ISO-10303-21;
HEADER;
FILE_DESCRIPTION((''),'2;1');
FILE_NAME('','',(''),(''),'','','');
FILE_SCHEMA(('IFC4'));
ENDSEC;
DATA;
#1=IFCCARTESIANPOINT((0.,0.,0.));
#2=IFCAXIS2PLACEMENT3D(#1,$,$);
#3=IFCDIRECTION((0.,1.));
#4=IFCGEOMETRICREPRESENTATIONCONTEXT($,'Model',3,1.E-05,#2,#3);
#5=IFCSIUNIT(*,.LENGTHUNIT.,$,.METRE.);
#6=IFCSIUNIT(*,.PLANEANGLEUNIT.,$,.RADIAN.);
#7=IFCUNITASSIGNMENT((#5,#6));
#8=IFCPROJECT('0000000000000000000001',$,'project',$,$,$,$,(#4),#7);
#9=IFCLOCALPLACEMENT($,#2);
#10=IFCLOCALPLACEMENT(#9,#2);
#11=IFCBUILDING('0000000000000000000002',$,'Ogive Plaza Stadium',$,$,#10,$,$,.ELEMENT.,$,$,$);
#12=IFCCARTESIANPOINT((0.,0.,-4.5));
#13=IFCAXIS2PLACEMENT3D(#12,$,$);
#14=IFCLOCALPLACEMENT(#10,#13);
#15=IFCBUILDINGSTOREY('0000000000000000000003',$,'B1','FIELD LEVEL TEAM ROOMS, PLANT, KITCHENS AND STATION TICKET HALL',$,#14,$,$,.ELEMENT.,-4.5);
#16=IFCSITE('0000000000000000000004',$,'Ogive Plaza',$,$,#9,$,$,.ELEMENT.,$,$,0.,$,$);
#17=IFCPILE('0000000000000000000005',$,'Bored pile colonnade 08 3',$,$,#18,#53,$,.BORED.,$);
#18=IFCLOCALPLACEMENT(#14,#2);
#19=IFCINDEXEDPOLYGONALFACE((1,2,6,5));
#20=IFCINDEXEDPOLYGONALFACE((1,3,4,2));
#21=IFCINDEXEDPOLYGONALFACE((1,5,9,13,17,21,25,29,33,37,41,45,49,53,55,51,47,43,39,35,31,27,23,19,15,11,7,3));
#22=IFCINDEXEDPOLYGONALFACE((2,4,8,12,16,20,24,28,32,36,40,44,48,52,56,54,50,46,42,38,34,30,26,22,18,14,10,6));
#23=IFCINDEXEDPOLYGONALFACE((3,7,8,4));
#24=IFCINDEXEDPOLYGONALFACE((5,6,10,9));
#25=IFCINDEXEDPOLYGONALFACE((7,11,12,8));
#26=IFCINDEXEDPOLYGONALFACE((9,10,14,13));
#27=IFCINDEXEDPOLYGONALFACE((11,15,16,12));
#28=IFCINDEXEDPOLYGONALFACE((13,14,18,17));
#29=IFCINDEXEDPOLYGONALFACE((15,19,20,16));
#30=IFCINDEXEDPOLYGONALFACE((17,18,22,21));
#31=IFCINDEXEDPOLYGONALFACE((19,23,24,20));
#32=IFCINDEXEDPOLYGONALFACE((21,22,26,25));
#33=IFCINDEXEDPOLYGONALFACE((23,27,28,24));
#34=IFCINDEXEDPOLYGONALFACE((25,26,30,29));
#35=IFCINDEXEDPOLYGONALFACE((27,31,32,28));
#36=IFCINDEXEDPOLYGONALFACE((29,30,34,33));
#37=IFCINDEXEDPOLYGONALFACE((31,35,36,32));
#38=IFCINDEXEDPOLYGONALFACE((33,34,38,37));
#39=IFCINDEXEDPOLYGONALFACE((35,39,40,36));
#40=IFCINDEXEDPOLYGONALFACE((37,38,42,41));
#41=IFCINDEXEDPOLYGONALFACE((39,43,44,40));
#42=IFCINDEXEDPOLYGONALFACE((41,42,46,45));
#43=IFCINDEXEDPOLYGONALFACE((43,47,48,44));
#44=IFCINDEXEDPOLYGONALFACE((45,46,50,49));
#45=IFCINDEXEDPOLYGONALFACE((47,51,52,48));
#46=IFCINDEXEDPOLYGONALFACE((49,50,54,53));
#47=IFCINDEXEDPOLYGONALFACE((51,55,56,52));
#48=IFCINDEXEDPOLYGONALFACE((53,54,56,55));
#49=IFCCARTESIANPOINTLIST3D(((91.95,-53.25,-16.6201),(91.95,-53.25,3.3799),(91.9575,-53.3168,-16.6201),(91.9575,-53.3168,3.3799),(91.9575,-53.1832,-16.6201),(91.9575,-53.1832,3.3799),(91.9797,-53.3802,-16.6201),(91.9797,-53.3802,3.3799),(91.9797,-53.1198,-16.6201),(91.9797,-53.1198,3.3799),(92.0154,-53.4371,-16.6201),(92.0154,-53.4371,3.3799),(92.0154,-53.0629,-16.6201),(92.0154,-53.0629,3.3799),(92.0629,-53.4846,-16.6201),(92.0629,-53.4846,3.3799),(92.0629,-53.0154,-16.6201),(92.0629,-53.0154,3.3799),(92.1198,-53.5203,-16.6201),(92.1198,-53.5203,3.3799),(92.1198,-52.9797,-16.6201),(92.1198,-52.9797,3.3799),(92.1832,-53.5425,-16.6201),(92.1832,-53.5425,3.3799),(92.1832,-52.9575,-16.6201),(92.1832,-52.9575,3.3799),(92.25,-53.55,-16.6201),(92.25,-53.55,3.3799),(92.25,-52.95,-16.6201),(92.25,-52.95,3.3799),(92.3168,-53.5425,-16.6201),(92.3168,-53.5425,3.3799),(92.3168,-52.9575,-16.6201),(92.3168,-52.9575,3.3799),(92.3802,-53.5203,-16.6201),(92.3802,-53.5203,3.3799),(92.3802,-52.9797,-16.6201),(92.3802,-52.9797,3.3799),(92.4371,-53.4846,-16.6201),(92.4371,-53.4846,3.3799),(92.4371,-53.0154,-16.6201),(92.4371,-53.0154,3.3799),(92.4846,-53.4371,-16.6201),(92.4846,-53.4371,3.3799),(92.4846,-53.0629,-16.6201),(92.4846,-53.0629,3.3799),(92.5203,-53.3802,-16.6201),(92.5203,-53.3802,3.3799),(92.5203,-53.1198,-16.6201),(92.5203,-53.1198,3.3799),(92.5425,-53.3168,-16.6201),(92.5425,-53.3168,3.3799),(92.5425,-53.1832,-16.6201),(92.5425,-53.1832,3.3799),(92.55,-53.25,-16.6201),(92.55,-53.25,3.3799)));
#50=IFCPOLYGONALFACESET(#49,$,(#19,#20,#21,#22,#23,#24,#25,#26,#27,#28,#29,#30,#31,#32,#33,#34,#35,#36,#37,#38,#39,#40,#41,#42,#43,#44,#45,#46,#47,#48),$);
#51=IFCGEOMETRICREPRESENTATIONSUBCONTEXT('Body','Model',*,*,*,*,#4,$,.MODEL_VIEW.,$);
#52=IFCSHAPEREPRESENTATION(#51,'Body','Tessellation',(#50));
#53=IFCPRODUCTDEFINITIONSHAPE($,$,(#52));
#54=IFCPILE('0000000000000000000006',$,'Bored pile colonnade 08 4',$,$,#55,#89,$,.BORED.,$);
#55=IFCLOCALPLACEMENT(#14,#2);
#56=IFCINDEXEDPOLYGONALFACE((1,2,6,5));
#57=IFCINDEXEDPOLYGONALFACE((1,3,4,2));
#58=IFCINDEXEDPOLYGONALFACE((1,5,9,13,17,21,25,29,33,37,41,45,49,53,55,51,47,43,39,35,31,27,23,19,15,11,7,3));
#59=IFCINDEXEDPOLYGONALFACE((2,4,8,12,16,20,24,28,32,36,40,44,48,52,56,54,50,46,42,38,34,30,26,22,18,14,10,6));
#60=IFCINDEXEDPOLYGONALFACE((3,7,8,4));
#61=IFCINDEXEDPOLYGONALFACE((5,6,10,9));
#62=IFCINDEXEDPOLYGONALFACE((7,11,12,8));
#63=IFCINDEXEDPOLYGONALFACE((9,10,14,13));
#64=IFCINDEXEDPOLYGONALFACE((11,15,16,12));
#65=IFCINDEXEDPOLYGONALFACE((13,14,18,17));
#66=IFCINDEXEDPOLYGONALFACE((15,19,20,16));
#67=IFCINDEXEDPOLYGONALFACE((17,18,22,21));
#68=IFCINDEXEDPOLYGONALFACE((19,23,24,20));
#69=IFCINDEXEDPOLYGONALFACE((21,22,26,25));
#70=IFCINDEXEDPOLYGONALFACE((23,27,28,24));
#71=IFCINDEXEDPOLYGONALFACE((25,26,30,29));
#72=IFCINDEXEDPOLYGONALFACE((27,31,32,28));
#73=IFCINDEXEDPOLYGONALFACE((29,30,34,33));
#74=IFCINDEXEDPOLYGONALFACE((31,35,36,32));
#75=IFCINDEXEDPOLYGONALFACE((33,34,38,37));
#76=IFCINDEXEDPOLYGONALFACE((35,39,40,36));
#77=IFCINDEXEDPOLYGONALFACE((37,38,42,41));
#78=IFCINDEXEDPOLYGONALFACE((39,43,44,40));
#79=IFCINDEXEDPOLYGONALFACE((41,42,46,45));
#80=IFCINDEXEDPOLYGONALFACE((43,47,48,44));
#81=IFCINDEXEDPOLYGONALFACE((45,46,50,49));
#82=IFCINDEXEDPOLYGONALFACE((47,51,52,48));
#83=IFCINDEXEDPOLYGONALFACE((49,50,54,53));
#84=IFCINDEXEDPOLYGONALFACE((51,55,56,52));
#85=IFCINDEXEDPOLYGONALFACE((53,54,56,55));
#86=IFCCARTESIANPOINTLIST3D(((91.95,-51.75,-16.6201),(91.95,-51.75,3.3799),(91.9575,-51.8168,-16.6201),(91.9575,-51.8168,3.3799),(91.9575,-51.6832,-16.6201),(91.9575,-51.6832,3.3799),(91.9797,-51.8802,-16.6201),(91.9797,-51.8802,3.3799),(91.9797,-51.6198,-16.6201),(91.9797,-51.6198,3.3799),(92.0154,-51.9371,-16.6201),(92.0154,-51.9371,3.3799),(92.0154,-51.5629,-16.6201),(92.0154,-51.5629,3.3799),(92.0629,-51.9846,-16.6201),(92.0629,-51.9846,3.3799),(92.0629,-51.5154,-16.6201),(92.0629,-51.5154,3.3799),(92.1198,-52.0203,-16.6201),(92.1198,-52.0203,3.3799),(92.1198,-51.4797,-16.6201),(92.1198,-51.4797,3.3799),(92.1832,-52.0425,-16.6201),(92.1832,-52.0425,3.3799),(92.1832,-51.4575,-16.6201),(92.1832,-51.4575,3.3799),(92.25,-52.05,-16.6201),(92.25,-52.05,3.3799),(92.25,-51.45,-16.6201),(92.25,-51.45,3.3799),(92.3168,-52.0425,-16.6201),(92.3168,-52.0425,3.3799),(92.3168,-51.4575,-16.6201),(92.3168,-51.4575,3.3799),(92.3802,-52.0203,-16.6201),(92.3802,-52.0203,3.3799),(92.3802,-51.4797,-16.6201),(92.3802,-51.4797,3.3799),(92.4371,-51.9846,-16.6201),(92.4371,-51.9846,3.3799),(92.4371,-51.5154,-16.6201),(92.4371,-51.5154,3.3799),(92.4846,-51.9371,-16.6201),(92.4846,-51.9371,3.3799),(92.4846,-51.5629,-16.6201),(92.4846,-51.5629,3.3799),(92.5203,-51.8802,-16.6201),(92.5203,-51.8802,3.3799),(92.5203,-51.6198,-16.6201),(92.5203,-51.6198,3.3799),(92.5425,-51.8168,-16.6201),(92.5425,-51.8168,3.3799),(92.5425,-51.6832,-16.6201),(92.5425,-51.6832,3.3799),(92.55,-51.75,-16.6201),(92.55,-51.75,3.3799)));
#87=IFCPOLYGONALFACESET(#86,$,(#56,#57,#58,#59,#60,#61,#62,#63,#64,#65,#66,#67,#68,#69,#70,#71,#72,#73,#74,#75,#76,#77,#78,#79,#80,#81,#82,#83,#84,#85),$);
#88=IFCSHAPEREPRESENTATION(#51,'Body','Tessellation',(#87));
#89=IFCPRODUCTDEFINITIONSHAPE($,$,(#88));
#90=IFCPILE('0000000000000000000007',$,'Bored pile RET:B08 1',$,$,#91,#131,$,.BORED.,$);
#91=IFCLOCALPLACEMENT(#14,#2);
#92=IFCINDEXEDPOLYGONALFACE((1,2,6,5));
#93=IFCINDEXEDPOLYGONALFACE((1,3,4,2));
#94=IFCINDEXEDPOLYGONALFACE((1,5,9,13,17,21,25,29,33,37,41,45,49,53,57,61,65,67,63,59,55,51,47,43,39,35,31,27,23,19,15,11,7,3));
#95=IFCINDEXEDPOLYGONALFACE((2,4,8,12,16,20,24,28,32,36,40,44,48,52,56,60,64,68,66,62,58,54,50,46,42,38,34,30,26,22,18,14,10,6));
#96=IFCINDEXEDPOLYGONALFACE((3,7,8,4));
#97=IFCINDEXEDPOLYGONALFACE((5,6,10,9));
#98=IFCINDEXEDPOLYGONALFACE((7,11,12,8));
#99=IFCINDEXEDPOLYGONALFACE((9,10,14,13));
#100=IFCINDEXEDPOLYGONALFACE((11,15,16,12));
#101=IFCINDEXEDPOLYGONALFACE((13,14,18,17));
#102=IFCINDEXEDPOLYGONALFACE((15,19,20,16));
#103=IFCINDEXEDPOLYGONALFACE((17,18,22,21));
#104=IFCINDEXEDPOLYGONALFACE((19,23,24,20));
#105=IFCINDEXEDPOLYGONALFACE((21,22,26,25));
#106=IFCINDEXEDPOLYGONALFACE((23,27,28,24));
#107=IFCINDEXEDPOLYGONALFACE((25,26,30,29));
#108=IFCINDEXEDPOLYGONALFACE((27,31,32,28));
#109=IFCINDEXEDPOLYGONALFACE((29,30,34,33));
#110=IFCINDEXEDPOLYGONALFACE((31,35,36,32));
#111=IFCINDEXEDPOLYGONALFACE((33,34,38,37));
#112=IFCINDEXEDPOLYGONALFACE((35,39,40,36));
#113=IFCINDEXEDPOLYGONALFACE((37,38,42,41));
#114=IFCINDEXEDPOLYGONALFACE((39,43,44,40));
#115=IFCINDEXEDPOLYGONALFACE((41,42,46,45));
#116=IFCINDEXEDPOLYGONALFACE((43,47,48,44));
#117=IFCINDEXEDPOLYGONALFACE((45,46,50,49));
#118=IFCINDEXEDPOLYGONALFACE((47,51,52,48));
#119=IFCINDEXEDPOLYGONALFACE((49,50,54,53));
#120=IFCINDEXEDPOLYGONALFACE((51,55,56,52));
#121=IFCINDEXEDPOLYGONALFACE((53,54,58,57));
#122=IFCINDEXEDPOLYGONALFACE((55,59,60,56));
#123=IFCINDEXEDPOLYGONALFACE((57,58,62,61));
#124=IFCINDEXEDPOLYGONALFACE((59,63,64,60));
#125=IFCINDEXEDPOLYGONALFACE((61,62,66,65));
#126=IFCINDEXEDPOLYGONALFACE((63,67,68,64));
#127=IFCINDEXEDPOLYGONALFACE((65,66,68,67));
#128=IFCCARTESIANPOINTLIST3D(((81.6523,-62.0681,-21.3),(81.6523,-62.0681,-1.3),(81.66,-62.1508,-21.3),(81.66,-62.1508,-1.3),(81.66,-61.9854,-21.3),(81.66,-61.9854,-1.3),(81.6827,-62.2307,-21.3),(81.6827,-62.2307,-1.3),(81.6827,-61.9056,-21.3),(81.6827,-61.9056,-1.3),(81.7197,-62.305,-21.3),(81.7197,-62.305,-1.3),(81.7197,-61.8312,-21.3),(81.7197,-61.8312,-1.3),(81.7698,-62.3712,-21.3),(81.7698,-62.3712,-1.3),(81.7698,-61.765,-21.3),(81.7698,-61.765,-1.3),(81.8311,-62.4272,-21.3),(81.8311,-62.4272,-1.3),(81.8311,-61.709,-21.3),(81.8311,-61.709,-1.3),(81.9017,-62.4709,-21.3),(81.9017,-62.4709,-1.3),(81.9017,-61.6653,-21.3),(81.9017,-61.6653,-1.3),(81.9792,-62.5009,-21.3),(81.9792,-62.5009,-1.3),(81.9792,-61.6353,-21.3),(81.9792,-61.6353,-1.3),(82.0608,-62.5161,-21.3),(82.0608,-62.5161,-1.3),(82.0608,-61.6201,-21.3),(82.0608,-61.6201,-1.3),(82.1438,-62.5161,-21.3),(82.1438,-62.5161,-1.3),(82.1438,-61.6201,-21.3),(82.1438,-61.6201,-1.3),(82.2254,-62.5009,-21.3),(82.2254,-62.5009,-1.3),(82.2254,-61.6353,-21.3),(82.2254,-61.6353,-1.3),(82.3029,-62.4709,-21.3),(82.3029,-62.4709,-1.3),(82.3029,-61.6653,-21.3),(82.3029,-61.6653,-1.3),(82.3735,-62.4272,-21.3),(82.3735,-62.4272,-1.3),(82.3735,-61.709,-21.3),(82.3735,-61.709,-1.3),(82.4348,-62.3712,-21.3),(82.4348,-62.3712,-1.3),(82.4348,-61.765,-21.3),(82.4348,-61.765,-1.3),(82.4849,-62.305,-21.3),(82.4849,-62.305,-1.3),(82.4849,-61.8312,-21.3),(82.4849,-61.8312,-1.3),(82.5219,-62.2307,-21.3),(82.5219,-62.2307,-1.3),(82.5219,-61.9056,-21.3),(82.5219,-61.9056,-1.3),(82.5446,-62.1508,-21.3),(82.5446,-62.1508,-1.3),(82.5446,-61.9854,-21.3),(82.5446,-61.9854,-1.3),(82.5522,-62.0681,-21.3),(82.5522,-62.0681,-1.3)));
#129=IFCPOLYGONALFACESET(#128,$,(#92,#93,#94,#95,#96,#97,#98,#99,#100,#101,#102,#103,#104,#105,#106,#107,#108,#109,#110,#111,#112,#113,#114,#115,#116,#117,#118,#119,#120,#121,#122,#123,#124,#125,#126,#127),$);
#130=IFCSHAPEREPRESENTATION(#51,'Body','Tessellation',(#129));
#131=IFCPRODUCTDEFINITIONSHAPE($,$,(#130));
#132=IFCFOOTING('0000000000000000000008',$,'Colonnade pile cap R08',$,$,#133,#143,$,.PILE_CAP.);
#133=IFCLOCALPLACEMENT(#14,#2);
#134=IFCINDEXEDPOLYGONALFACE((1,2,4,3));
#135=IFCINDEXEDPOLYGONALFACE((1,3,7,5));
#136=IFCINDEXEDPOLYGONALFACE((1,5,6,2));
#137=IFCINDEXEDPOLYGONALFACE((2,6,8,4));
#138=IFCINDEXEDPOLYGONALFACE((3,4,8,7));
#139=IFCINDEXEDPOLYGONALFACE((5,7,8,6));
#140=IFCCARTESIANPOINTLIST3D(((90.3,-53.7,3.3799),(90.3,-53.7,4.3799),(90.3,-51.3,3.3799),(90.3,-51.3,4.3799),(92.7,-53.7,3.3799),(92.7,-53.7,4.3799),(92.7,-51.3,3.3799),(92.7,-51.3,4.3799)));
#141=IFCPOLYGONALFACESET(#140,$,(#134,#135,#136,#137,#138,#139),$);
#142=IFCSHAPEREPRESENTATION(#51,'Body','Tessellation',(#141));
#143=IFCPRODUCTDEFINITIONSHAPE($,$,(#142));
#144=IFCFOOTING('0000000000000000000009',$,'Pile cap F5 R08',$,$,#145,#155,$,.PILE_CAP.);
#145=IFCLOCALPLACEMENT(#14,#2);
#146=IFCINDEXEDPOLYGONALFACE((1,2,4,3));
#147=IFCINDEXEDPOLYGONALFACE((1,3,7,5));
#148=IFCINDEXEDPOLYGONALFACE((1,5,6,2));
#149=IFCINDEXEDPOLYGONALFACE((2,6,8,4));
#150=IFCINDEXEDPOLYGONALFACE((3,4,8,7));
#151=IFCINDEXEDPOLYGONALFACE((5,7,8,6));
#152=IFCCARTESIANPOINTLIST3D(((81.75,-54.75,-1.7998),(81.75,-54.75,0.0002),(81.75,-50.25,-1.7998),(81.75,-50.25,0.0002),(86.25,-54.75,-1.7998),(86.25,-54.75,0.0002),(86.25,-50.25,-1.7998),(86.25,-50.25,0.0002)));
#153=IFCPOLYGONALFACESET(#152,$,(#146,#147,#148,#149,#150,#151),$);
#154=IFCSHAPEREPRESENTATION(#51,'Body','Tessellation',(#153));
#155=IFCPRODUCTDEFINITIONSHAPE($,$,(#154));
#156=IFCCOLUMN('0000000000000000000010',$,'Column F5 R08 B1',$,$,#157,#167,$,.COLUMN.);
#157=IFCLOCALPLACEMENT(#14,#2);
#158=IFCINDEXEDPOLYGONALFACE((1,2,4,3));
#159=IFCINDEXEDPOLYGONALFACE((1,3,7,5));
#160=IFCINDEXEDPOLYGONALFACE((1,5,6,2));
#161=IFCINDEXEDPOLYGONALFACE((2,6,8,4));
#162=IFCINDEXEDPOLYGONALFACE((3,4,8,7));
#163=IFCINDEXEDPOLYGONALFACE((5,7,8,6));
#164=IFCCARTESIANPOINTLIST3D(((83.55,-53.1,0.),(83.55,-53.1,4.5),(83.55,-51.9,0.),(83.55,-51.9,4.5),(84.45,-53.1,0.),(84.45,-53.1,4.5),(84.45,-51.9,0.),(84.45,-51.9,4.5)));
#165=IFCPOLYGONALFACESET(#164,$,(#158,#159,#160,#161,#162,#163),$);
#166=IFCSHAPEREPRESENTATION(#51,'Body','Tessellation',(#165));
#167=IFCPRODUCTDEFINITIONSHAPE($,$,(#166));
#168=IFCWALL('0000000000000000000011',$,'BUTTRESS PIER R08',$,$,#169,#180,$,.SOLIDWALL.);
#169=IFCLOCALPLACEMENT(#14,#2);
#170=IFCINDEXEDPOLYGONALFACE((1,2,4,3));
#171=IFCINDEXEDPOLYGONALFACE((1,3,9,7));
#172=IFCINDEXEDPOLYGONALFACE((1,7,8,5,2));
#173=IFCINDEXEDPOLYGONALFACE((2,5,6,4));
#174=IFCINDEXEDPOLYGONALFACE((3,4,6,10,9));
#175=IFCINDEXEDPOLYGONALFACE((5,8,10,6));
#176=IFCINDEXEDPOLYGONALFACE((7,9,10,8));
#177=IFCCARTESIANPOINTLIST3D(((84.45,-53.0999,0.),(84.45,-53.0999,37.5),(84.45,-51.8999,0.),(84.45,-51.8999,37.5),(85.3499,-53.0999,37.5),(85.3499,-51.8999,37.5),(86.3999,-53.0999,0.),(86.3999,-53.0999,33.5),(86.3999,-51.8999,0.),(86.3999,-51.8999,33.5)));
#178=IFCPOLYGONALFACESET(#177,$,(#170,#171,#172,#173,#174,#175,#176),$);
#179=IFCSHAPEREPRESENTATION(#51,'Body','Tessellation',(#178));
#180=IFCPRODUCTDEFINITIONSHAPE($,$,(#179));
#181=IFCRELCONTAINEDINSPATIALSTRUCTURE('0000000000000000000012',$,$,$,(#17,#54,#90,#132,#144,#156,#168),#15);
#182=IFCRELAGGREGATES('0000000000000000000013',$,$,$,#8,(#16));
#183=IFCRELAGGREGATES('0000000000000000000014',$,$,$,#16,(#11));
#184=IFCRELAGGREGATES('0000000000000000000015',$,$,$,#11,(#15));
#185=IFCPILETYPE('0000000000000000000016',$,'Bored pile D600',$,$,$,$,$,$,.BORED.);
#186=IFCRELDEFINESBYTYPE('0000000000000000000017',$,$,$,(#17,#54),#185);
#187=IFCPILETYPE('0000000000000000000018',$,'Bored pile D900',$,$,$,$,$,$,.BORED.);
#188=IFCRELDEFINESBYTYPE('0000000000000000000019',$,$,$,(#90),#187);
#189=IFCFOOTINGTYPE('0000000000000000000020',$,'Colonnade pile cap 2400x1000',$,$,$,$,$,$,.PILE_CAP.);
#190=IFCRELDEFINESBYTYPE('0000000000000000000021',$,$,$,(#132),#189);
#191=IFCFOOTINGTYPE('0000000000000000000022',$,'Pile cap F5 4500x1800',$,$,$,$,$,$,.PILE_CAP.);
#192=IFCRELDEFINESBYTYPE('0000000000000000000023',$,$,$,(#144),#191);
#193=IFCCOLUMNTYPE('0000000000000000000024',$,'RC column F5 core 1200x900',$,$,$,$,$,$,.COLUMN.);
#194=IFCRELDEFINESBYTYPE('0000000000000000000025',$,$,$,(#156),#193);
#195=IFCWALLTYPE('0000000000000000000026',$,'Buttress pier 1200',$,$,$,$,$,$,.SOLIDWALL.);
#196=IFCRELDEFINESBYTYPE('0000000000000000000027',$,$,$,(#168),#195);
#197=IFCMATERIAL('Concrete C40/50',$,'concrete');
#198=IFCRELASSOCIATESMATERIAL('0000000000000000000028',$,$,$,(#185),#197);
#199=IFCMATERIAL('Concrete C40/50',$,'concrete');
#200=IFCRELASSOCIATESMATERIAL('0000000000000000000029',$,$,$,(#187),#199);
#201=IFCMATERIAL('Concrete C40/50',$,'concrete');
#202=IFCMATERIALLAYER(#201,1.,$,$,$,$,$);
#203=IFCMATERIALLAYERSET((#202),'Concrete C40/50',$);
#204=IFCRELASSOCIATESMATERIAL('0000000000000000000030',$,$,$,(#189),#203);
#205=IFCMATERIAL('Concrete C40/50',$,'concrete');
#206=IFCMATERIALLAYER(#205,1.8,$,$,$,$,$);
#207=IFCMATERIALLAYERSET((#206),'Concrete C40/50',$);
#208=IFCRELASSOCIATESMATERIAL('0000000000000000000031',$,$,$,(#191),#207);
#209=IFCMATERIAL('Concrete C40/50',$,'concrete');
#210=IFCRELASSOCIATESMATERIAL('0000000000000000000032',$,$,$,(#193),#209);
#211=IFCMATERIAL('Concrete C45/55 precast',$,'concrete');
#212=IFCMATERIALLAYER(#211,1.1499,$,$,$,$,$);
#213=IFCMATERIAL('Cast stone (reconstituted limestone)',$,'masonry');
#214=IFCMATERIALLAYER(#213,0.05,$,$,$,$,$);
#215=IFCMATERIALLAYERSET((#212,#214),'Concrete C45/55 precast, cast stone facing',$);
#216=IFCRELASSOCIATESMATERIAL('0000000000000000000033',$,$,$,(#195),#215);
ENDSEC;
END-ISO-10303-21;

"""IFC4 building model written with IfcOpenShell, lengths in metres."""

from ifc_helpers import new_model, si_unit, direction, frame, origin, origin_2d, place, context, subcontext, project, spatial, polyline, rectangle, circle, outline, extrude, material, layer, layer_set, material_profile, profile_set, type_object, element, save


model = new_model("IFC4")

# Units and contexts
model_context = context("Model", 3, precision=1e-05, world=origin(), true_north=direction((0.0, 1.0)))
body_context = subcontext(model_context, "Body", "Model", "MODEL_VIEW")
ifc_project = project(units=[si_unit("LENGTHUNIT", "METRE"), si_unit("PLANEANGLEUNIT", "RADIAN")], contexts=[model_context])

# Site, building, storey
site_placement = place(None, origin())
site = spatial("IfcSite", under=ifc_project, at=site_placement, Name="Ogive Plaza", CompositionType="ELEMENT", RefElevation=0.0)
building_placement = place(site_placement, origin())
building = spatial("IfcBuilding", under=site, at=building_placement, Name="Ogive Plaza Stadium", CompositionType="ELEMENT")
storey_placement = place(building_placement, frame((0.0, 0.0, -4.5)))
storey = spatial("IfcBuildingStorey", under=building, at=storey_placement, Name="B1", Description="FIELD LEVEL TEAM ROOMS, PLANT, KITCHENS AND STATION TICKET HALL", CompositionType="ELEMENT", Elevation=-4.5)

# Piles
ifc_material_1 = material(Name="Concrete C40/50", Category="concrete")
ifc_material_profile_1 = material_profile(ifc_material_1, circle(Radius=0.3, at=origin_2d()), Name="RC D600")
ifc_profile_set_1 = profile_set([ifc_material_profile_1], Name="Concrete C40/50")
pile_type_1 = type_object("IfcPileType", Name="Bored pile D600", PredefinedType="BORED", material=ifc_profile_set_1)
for number, where, z_axis, x_axis, name in (
    (1, (92.25, -53.25, 3.3799), (0.0, 0.0, -1.0), (1.0, 0.0, 0.0), "Bored pile colonnade 08 3"),
    (2, (92.25, -51.75, 3.3799), (0.0, 0.0, -1.0), (1.0, 0.0, 0.0), "Bored pile colonnade 08 4"),
):
    element("IfcPile", number, at=place(storey_placement, frame(where, z_axis=z_axis, x_axis=x_axis)), inside=storey, type_object=pile_type_1, Name=name, PredefinedType="BORED", context=body_context, shape_type="SweptSolid", body=[
        extrude(circle(Radius=0.3, at=origin_2d()), origin(), (0.0, 0.0, 1.0), 20.0),
    ])
ifc_material_2 = material(Name="Concrete C40/50", Category="concrete")
ifc_material_profile_2 = material_profile(ifc_material_2, circle(Radius=0.45, at=origin_2d()), Name="RC D900")
ifc_profile_set_2 = profile_set([ifc_material_profile_2], Name="Concrete C40/50")
pile_type_2 = type_object("IfcPileType", Name="Bored pile D900", PredefinedType="BORED", material=ifc_profile_set_2)
pile_placement = place(storey_placement, frame((82.1023, -62.0681, -1.3), z_axis=(0.0, 0.0, -1.0), x_axis=(1.0, 0.0, 0.0)))
element("IfcPile", 3, at=pile_placement, inside=storey, type_object=pile_type_2, Name="Bored pile RET:B08 1", PredefinedType="BORED", context=body_context, shape_type="SweptSolid", body=[
    extrude(circle(Radius=0.45, at=origin_2d()), origin(), (0.0, 0.0, 1.0), 20.0),
])

# Footings
ifc_material_3 = material(Name="Concrete C40/50", Category="concrete")
ifc_layer_1 = layer(ifc_material_3, 1.0)
ifc_layer_set_1 = layer_set([ifc_layer_1], Name="Concrete C40/50")
footing_type_1 = type_object("IfcFootingType", Name="Colonnade pile cap 2400x1000", PredefinedType="PILE_CAP", material=ifc_layer_set_1)
footing_1_placement = place(storey_placement, frame((91.5, -52.5, 3.3799), z_axis=(0.0, 0.0, 1.0), x_axis=(1.0, 0.0, 0.0)))
element("IfcFooting", 4, at=footing_1_placement, inside=storey, type_object=footing_type_1, Name="Colonnade pile cap R08", PredefinedType="PILE_CAP", context=body_context, shape_type="SweptSolid", body=[
    extrude(rectangle(XDim=2.3999, YDim=2.3999, at=origin_2d()), origin(), (0.0, 0.0, 1.0), 1.0),
])
ifc_material_4 = material(Name="Concrete C40/50", Category="concrete")
ifc_layer_2 = layer(ifc_material_4, 1.8)
ifc_layer_set_2 = layer_set([ifc_layer_2], Name="Concrete C40/50")
footing_type_2 = type_object("IfcFootingType", Name="Pile cap F5 4500x1800", PredefinedType="PILE_CAP", material=ifc_layer_set_2)
footing_2_placement = place(storey_placement, frame((84.0, -52.5, -1.7998), z_axis=(0.0, 0.0, 1.0), x_axis=(1.0, 0.0, 0.0)))
element("IfcFooting", 5, at=footing_2_placement, inside=storey, type_object=footing_type_2, Name="Pile cap F5 R08", PredefinedType="PILE_CAP", context=body_context, shape_type="SweptSolid", body=[
    extrude(rectangle(XDim=4.5, YDim=4.5, at=origin_2d()), origin(), (0.0, 0.0, 1.0), 1.8),
])

# Column
ifc_material_5 = material(Name="Concrete C40/50", Category="concrete")
ifc_material_profile_3 = material_profile(ifc_material_5, rectangle(XDim=1.2, YDim=0.8999, at=origin_2d()), Name="RC 1200x900")
ifc_profile_set_3 = profile_set([ifc_material_profile_3], Name="Concrete C40/50")
column_type = type_object("IfcColumnType", Name="RC column F5 core 1200x900", PredefinedType="COLUMN", material=ifc_profile_set_3)
column_placement = place(storey_placement, frame((84.0, -52.5, 0.0), z_axis=(0.0, 0.0, 1.0), x_axis=(0.0, 1.0, 0.0)))
element("IfcColumn", 6, at=column_placement, inside=storey, type_object=column_type, Name="Column F5 R08 B1", PredefinedType="COLUMN", context=body_context, shape_type="SweptSolid", body=[
    extrude(rectangle(XDim=1.2, YDim=0.8999, at=origin_2d()), origin(), (0.0, 0.0, 1.0), 4.5),
])

# Wall
ifc_material_6 = material(Name="Concrete C45/55 precast", Category="concrete")
ifc_layer_3 = layer(ifc_material_6, 1.1499)
ifc_material_7 = material(Name="Cast stone (reconstituted limestone)", Category="masonry")
ifc_layer_4 = layer(ifc_material_7, 0.05)
ifc_layer_set_3 = layer_set([ifc_layer_3, ifc_layer_4], Name="Concrete C45/55 precast, cast stone facing")
wall_type_1 = type_object("IfcWallType", Name="Buttress pier 1200", PredefinedType="SOLIDWALL", material=ifc_layer_set_3)
wall_placement = place(storey_placement, frame((84.45, -52.5, 0.0), z_axis=(0.0, 0.0, 1.0), x_axis=(1.0, 0.0, 0.0)))
element("IfcWall", 7, at=wall_placement, inside=storey, type_object=wall_type_1, Name="BUTTRESS PIER R08", PredefinedType="SOLIDWALL", context=body_context, shape_type="SweptSolid", body=[
    extrude(outline(polyline([(0.0, 0.0), (1.95, 0.0), (1.95, 33.5), (0.8999, 37.5), (0.0, 37.5), (0.0, 0.0)])), frame((0.0, 0.6001, 0.0), z_axis=(0.0, -1.0, 0.0), x_axis=(1.0, 0.0, 0.0)), (0.0, 0.0, 1.0), 1.2),
])

save(model, "model.ifc")
